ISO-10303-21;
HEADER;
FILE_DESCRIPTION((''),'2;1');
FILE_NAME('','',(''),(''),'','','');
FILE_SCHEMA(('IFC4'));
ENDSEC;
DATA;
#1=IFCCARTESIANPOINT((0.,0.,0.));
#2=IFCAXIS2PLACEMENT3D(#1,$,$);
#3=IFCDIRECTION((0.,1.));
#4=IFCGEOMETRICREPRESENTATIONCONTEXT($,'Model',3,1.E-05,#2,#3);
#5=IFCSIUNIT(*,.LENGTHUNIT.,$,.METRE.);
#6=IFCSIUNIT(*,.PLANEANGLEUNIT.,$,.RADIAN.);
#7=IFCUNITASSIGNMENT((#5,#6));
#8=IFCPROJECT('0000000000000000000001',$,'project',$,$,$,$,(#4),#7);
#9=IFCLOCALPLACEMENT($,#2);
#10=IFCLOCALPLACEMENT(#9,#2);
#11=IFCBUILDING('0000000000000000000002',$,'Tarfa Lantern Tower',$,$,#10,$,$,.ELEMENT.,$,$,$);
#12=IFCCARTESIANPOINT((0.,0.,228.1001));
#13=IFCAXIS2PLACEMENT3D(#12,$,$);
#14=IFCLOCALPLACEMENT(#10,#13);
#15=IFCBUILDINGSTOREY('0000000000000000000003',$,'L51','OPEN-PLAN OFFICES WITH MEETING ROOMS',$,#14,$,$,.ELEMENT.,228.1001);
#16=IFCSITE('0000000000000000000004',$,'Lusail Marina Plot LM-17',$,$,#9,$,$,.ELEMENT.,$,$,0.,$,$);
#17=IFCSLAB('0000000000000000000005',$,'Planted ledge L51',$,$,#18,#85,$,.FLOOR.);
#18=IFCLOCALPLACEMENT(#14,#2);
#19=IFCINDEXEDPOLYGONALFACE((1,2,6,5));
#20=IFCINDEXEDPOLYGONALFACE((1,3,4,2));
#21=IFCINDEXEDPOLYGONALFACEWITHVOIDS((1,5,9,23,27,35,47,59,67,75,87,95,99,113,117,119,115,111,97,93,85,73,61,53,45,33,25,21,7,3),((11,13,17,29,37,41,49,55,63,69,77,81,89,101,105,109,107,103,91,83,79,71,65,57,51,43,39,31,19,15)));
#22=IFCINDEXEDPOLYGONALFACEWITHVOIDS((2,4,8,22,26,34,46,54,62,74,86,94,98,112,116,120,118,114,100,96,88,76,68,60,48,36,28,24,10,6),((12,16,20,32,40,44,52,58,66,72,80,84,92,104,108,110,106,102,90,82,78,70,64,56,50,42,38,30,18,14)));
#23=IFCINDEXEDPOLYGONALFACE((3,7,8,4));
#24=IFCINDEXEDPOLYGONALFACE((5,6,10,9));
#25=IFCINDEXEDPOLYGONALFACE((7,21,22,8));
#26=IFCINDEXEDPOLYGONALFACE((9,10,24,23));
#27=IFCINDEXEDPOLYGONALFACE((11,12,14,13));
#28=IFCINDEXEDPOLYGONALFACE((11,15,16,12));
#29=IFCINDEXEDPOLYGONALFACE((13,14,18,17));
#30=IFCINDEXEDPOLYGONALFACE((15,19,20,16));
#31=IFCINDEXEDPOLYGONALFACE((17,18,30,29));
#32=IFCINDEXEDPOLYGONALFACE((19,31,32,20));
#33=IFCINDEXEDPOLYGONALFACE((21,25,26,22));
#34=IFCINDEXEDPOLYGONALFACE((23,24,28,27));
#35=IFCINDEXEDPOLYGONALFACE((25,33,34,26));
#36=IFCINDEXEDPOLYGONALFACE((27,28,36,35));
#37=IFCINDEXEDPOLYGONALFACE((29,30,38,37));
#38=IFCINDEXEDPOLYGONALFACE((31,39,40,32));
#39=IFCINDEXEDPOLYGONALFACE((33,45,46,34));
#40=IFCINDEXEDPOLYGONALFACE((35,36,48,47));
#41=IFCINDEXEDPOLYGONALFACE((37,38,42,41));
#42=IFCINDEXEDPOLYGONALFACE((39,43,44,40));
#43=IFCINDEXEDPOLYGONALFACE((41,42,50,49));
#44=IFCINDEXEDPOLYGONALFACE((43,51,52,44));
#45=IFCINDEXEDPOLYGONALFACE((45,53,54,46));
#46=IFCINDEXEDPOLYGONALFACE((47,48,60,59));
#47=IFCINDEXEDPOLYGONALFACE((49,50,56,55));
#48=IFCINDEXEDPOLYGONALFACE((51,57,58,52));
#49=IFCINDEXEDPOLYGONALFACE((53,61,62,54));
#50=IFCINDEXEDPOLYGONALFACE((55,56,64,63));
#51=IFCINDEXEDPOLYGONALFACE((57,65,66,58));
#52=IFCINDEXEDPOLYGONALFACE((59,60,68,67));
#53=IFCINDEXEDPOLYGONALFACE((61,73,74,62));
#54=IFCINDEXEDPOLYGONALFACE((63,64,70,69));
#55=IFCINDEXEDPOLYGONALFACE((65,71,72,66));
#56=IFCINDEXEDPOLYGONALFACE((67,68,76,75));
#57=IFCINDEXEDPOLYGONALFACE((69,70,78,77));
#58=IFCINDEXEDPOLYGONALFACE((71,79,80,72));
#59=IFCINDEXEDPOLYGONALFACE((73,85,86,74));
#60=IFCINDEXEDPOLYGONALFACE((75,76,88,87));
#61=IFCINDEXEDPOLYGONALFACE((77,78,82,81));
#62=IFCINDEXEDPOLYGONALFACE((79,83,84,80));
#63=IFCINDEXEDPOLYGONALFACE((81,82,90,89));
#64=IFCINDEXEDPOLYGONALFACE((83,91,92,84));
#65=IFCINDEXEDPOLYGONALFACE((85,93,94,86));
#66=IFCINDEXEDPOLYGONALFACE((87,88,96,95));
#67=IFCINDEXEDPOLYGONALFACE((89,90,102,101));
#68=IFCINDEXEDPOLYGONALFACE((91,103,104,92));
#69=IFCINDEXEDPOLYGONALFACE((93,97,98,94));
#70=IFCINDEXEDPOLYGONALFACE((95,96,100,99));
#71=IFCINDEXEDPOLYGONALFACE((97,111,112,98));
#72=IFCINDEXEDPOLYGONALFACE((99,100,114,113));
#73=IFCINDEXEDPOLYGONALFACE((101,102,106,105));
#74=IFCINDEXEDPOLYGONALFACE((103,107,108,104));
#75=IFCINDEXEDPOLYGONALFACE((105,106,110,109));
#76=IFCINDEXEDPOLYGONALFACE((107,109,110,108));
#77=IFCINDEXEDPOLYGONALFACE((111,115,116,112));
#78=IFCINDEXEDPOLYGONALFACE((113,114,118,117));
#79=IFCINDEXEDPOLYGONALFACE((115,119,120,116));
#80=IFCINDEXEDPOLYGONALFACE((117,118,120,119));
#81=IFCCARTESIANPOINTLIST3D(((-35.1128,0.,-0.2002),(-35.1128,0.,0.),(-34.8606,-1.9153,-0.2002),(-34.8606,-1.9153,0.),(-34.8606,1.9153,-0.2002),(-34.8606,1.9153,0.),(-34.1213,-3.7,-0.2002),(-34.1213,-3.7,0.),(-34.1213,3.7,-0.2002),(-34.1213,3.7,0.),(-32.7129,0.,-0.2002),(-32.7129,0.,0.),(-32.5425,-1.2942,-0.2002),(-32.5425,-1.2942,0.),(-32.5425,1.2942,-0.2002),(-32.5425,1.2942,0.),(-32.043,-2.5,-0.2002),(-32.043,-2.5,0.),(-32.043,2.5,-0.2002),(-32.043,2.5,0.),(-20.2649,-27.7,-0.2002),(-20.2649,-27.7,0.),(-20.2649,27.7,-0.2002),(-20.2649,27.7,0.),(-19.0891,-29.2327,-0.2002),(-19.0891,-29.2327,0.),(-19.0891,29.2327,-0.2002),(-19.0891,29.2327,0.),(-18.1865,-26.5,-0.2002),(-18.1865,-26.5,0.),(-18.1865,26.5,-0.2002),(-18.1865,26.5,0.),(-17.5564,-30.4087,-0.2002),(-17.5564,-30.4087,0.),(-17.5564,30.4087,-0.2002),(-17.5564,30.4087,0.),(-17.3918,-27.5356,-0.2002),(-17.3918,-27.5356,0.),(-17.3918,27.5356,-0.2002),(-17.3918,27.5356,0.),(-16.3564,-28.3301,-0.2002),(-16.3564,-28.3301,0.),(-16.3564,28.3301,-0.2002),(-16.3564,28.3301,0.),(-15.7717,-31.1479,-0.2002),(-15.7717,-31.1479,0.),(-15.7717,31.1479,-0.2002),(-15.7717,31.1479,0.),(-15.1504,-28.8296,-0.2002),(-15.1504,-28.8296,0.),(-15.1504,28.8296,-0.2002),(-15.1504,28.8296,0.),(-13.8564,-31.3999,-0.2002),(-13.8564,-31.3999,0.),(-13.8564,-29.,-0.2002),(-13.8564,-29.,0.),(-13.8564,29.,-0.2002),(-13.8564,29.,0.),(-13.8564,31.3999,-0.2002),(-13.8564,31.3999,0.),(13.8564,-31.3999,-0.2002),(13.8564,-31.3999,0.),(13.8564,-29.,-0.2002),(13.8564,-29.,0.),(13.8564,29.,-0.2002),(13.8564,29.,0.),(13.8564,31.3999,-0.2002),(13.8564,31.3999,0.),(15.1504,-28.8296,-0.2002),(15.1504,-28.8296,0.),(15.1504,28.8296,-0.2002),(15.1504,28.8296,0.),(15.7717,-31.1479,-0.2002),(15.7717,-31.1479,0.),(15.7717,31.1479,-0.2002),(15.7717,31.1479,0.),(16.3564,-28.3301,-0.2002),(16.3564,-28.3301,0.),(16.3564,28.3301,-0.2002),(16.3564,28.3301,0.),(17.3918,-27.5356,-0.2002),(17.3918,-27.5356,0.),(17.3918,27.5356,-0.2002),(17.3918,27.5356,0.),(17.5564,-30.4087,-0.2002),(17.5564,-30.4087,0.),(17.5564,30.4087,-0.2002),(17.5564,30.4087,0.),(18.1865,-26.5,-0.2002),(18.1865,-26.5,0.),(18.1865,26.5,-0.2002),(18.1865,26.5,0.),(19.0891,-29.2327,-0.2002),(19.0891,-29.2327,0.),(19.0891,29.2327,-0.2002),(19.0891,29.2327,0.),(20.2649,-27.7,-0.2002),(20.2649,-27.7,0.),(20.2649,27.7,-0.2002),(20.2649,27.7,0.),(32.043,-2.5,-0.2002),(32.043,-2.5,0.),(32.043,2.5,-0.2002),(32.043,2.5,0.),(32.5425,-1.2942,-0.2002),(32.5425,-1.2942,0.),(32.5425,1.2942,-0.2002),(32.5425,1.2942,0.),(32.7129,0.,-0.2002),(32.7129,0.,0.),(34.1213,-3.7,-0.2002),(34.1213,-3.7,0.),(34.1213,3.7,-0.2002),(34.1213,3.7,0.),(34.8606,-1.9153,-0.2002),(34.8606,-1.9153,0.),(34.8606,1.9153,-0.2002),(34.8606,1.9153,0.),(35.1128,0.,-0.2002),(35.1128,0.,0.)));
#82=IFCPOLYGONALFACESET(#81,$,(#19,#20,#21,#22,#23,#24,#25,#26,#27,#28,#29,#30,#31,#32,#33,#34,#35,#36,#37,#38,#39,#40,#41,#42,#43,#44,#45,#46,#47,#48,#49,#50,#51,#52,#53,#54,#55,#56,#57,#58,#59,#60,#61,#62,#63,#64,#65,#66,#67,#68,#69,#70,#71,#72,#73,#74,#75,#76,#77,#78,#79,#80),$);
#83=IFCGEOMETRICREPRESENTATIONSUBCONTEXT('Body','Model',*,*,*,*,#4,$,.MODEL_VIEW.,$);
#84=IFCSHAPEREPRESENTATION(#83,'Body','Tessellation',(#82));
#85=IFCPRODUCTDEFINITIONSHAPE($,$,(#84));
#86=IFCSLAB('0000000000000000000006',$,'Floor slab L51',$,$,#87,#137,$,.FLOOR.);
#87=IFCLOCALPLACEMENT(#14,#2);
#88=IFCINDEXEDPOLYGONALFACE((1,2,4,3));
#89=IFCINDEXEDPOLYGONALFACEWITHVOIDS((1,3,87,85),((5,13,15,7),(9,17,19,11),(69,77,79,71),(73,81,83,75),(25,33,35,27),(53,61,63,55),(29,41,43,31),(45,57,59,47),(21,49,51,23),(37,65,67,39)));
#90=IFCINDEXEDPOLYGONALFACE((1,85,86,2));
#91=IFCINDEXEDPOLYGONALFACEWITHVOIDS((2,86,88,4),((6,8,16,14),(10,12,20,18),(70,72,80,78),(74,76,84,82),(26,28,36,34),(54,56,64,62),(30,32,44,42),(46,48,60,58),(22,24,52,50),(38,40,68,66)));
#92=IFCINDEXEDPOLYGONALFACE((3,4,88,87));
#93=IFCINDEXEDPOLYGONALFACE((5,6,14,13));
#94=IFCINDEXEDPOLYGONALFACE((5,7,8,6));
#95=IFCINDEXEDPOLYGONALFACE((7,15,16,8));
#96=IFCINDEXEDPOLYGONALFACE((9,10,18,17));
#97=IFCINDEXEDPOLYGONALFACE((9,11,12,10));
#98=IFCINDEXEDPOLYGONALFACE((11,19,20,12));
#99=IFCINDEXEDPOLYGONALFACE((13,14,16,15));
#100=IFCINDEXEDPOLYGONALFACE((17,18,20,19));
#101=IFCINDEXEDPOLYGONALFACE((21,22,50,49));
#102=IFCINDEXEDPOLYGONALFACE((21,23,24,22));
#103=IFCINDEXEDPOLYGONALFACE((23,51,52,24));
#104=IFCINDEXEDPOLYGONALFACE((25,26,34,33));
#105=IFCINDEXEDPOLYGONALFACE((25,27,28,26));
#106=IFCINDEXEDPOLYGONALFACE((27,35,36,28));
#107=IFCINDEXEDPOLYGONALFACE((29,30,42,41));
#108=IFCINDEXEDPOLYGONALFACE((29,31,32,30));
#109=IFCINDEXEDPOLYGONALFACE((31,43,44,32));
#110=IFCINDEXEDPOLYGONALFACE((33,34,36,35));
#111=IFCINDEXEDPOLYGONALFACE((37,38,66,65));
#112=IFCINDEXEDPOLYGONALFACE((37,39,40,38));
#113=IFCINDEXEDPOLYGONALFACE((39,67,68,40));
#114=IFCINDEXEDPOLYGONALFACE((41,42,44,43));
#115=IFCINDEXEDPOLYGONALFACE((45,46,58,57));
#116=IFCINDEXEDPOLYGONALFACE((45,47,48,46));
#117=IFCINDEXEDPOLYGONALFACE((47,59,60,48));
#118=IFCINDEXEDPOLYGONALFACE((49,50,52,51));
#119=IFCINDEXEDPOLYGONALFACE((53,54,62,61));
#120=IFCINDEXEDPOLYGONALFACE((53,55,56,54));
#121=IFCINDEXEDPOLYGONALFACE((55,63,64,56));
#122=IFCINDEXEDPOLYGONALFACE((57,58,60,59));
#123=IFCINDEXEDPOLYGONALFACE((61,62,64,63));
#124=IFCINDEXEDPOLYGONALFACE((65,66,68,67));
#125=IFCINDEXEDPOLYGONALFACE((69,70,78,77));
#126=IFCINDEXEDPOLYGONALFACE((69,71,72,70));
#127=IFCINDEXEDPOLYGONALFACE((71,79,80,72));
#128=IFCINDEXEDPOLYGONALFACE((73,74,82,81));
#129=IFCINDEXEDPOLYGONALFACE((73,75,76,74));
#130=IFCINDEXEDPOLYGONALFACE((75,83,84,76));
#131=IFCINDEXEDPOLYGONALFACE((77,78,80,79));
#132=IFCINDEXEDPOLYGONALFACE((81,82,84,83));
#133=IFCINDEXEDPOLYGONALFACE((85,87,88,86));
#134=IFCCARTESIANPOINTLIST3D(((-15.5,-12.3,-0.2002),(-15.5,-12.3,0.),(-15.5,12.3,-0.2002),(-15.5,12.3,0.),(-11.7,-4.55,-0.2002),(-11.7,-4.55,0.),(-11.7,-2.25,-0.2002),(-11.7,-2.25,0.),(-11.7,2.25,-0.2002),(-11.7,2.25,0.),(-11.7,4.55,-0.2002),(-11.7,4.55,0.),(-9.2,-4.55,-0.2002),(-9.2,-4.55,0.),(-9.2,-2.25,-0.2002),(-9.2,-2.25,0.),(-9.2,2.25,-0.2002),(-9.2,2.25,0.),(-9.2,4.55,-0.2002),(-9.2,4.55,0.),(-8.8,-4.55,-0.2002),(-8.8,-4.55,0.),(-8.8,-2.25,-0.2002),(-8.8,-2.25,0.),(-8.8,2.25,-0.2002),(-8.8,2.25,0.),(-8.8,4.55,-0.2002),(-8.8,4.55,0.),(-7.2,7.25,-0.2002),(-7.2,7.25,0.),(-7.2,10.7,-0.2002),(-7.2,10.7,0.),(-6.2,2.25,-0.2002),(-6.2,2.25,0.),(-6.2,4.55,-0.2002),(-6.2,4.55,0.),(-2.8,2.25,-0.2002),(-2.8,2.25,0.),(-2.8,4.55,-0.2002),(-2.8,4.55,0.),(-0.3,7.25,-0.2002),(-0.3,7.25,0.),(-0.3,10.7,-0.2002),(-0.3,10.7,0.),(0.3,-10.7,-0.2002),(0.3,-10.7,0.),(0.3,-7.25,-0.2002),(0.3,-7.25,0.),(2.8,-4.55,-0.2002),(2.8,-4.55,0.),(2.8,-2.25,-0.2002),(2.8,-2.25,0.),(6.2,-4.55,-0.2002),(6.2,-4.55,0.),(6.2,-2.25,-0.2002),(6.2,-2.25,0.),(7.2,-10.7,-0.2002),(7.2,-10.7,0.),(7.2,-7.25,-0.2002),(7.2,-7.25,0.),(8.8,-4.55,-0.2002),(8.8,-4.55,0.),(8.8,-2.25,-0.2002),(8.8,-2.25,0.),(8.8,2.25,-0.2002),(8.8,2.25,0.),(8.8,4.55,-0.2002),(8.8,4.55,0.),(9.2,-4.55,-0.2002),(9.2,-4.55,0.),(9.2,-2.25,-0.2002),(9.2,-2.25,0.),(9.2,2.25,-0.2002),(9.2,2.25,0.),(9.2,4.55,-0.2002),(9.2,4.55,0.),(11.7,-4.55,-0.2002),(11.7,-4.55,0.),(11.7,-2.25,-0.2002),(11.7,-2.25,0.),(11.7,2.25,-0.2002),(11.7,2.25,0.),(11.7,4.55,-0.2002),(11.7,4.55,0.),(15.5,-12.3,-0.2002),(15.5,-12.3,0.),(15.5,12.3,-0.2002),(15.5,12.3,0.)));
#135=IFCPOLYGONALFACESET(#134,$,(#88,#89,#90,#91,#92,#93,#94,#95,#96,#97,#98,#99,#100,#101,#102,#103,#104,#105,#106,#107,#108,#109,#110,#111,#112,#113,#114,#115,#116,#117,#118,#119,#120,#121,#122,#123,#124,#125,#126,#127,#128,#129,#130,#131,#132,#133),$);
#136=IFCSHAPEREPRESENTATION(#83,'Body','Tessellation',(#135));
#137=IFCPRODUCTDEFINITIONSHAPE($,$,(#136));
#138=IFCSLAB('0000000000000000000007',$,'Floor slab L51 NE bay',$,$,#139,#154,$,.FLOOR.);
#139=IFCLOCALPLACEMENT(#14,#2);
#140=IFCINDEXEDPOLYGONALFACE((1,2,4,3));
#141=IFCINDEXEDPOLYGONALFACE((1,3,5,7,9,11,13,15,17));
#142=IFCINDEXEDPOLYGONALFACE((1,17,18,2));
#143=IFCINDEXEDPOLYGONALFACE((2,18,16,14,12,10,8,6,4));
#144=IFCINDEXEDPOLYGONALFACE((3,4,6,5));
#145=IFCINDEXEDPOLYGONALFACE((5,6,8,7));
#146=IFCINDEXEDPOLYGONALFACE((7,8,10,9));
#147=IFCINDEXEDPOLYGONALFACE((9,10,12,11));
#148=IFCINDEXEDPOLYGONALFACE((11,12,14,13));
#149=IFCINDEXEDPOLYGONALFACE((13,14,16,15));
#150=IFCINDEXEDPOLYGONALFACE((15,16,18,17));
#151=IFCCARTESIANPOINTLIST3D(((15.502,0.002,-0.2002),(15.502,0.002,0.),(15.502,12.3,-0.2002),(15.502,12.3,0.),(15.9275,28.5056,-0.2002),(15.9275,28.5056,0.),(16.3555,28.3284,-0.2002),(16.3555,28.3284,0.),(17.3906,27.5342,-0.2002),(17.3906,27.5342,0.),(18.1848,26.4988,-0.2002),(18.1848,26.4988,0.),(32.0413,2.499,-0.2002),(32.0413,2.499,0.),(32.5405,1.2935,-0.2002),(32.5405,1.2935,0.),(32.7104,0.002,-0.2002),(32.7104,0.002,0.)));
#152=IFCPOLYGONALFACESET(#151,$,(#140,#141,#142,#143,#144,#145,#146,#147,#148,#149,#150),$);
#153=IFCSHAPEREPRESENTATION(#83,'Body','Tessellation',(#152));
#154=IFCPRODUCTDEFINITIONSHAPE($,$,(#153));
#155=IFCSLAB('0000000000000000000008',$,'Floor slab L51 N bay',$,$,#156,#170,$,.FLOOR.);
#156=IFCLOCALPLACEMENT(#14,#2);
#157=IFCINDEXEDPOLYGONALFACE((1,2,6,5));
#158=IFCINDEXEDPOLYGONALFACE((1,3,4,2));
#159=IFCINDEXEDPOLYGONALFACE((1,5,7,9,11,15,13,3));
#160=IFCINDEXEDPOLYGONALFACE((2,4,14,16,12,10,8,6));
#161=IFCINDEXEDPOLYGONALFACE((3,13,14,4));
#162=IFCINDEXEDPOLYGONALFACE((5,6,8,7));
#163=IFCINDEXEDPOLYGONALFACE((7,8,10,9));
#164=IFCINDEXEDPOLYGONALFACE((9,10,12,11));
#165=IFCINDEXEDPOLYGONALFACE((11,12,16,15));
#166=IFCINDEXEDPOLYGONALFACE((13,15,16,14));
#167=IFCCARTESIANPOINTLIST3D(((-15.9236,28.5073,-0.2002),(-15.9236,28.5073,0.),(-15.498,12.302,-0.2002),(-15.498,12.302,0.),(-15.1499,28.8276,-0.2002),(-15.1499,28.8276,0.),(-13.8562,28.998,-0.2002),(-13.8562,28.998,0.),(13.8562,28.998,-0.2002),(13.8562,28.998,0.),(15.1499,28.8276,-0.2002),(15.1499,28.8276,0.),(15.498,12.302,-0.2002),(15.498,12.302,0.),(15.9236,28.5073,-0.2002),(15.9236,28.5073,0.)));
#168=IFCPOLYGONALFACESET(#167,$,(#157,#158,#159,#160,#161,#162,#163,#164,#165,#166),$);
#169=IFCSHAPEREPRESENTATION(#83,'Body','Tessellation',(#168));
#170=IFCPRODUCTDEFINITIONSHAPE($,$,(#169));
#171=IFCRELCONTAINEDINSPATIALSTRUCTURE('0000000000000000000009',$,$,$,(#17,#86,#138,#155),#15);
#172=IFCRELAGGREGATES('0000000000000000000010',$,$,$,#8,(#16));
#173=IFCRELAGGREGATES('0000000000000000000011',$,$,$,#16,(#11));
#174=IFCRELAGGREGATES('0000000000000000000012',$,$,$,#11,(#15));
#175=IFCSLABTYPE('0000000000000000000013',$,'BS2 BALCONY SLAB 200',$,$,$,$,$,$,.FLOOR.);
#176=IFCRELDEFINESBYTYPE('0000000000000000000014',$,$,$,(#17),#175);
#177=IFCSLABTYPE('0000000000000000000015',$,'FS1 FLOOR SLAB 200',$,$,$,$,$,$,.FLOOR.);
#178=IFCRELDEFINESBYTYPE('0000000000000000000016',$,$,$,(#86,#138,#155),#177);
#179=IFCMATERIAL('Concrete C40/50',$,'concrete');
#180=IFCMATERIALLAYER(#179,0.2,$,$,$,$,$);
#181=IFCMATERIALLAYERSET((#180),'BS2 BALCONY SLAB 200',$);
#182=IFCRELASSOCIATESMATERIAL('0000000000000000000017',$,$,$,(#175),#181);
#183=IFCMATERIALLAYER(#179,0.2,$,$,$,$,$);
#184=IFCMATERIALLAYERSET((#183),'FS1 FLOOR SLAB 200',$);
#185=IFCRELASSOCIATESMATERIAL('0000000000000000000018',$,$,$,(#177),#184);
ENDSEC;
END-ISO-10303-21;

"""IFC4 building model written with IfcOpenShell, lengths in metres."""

from ifc_helpers import new_model, si_unit, direction, frame, origin, place, context, subcontext, project, spatial, polyline, outline, extrude, material, layer, layer_set, type_object, element, save


model = new_model("IFC4")

# Units and contexts
model_context = context("Model", 3, precision=1e-05, world=origin(), true_north=direction((0.0, 1.0)))
body_context = subcontext(model_context, "Body", "Model", "MODEL_VIEW")
ifc_project = project(units=[si_unit("LENGTHUNIT", "METRE"), si_unit("PLANEANGLEUNIT", "RADIAN")], contexts=[model_context])

# Site, building, storey
site_placement = place(None, origin())
site = spatial("IfcSite", under=ifc_project, at=site_placement, Name="Lusail Marina Plot LM-17", CompositionType="ELEMENT", RefElevation=0.0)
building_placement = place(site_placement, origin())
building = spatial("IfcBuilding", under=site, at=building_placement, Name="Tarfa Lantern Tower", CompositionType="ELEMENT")
storey_placement = place(building_placement, frame((0.0, 0.0, 228.1001)))
storey = spatial("IfcBuildingStorey", under=building, at=storey_placement, Name="L51", Description="OPEN-PLAN OFFICES WITH MEETING ROOMS", CompositionType="ELEMENT", Elevation=228.1001)

# Slabs
ifc_material_1 = material(Name="Concrete C40/50", Category="concrete")
ifc_layer_1 = layer(ifc_material_1, 0.2)
ifc_layer_set_1 = layer_set([ifc_layer_1], Name="BS2 BALCONY SLAB 200")
slab_type_1 = type_object("IfcSlabType", Name="BS2 BALCONY SLAB 200", PredefinedType="FLOOR", material=ifc_layer_set_1)
slab_1_placement = place(storey_placement, frame((0.0, 0.0, -0.2002)))
element("IfcSlab", 1, at=slab_1_placement, inside=storey, type_object=slab_type_1, Name="Planted ledge L51", PredefinedType="FLOOR", context=body_context, shape_type="SweptSolid", body=[
    extrude(outline(polyline([(34.1213, 3.7), (20.2649, 27.7), (19.0891, 29.2327), (17.5564, 30.4087), (15.7717, 31.1479), (13.8564, 31.3999), (-13.8564, 31.3999), (-15.7717, 31.1479), (-17.5564, 30.4087), (-19.0891, 29.2327), (-20.2649, 27.7), (-34.1213, 3.7), (-34.8606, 1.9153), (-35.1128, 0.0), (-34.8606, -1.9153), (-34.1213, -3.7), (-20.2649, -27.7), (-19.0891, -29.2327), (-17.5564, -30.4087), (-15.7717, -31.1479), (-13.8564, -31.3999), (13.8564, -31.3999), (15.7717, -31.1479), (17.5564, -30.4087), (19.0891, -29.2327), (20.2649, -27.7), (34.1213, -3.7), (34.8606, -1.9153), (35.1128, 0.0), (34.8606, 1.9153), (34.1213, 3.7)]), holes=[polyline([(32.043, 2.5), (18.1865, 26.5), (17.3918, 27.5356), (16.3564, 28.3301), (15.1504, 28.8296), (13.8564, 29.0), (-13.8564, 29.0), (-15.1504, 28.8296), (-16.3564, 28.3301), (-17.3918, 27.5356), (-18.1865, 26.5), (-32.043, 2.5), (-32.5425, 1.2942), (-32.7129, 0.0), (-32.5425, -1.2942), (-32.043, -2.5), (-18.1865, -26.5), (-17.3918, -27.5356), (-16.3564, -28.3301), (-15.1504, -28.8296), (-13.8564, -29.0), (13.8564, -29.0), (15.1504, -28.8296), (16.3564, -28.3301), (17.3918, -27.5356), (18.1865, -26.5), (32.043, -2.5), (32.5425, -1.2942), (32.7129, 0.0), (32.5425, 1.2942), (32.043, 2.5)])]), origin(), (0.0, 0.0, 1.0), 0.2002),
])
ifc_layer_2 = layer(ifc_material_1, 0.2)
ifc_layer_set_2 = layer_set([ifc_layer_2], Name="FS1 FLOOR SLAB 200")
slab_type_2 = type_object("IfcSlabType", Name="FS1 FLOOR SLAB 200", PredefinedType="FLOOR", material=ifc_layer_set_2)
slab_2_placement = place(storey_placement, frame((0.0, 0.0, -0.2002)))
element("IfcSlab", 2, at=slab_2_placement, inside=storey, type_object=slab_type_2, Name="Floor slab L51", PredefinedType="FLOOR", context=body_context, shape_type="SweptSolid", body=[
    extrude(outline(polyline([(-15.5, -12.3), (15.5, -12.3), (15.5, 12.3), (-15.5, 12.3), (-15.5, -12.3)]), holes=[polyline([(-11.7, 2.25), (-9.2, 2.25), (-9.2, 4.55), (-11.7, 4.55), (-11.7, 2.25)]), polyline([(-8.8, 2.25), (-6.2, 2.25), (-6.2, 4.55), (-8.8, 4.55), (-8.8, 2.25)]), polyline([(-2.8, 2.25), (8.8, 2.25), (8.8, 4.55), (-2.8, 4.55), (-2.8, 2.25)]), polyline([(9.2, 2.25), (11.7, 2.25), (11.7, 4.55), (9.2, 4.55), (9.2, 2.25)]), polyline([(11.7, -2.25), (9.2, -2.25), (9.2, -4.55), (11.7, -4.55), (11.7, -2.25)]), polyline([(8.8, -2.25), (6.2, -2.25), (6.2, -4.55), (8.8, -4.55), (8.8, -2.25)]), polyline([(2.8, -2.25), (-8.8, -2.25), (-8.8, -4.55), (2.8, -4.55), (2.8, -2.25)]), polyline([(-9.2, -2.25), (-11.7, -2.25), (-11.7, -4.55), (-9.2, -4.55), (-9.2, -2.25)]), polyline([(-7.2, 7.25), (-0.3, 7.25), (-0.3, 10.7), (-7.2, 10.7), (-7.2, 7.25)]), polyline([(7.2, -7.25), (0.3, -7.25), (0.3, -10.7), (7.2, -10.7), (7.2, -7.25)])]), origin(), (0.0, 0.0, 1.0), 0.2002),
])
slab_3_placement = place(storey_placement, frame((0.0, 0.0, -0.2002)))
element("IfcSlab", 3, at=slab_3_placement, inside=storey, type_object=slab_type_2, Name="Floor slab L51 NE bay", PredefinedType="FLOOR", context=body_context, shape_type="SweptSolid", body=[
    extrude(outline(polyline([(32.0413, 2.499), (18.1848, 26.4988), (17.3906, 27.5342), (16.3555, 28.3284), (15.9275, 28.5056), (15.502, 12.3), (15.502, 0.002), (32.7104, 0.002), (32.5405, 1.2935), (32.0413, 2.499)])), origin(), (0.0, 0.0, 1.0), 0.2002),
])
slab_4_placement = place(storey_placement, frame((0.0, 0.0, -0.2002)))
element("IfcSlab", 4, at=slab_4_placement, inside=storey, type_object=slab_type_2, Name="Floor slab L51 N bay", PredefinedType="FLOOR", context=body_context, shape_type="SweptSolid", body=[
    extrude(outline(polyline([(-15.498, 12.302), (15.498, 12.302), (15.9236, 28.5073), (15.1499, 28.8276), (13.8562, 28.998), (-13.8562, 28.998), (-15.1499, 28.8276), (-15.9236, 28.5073), (-15.498, 12.302)])), origin(), (0.0, 0.0, 1.0), 0.2002),
])

save(model, "model.ifc")
